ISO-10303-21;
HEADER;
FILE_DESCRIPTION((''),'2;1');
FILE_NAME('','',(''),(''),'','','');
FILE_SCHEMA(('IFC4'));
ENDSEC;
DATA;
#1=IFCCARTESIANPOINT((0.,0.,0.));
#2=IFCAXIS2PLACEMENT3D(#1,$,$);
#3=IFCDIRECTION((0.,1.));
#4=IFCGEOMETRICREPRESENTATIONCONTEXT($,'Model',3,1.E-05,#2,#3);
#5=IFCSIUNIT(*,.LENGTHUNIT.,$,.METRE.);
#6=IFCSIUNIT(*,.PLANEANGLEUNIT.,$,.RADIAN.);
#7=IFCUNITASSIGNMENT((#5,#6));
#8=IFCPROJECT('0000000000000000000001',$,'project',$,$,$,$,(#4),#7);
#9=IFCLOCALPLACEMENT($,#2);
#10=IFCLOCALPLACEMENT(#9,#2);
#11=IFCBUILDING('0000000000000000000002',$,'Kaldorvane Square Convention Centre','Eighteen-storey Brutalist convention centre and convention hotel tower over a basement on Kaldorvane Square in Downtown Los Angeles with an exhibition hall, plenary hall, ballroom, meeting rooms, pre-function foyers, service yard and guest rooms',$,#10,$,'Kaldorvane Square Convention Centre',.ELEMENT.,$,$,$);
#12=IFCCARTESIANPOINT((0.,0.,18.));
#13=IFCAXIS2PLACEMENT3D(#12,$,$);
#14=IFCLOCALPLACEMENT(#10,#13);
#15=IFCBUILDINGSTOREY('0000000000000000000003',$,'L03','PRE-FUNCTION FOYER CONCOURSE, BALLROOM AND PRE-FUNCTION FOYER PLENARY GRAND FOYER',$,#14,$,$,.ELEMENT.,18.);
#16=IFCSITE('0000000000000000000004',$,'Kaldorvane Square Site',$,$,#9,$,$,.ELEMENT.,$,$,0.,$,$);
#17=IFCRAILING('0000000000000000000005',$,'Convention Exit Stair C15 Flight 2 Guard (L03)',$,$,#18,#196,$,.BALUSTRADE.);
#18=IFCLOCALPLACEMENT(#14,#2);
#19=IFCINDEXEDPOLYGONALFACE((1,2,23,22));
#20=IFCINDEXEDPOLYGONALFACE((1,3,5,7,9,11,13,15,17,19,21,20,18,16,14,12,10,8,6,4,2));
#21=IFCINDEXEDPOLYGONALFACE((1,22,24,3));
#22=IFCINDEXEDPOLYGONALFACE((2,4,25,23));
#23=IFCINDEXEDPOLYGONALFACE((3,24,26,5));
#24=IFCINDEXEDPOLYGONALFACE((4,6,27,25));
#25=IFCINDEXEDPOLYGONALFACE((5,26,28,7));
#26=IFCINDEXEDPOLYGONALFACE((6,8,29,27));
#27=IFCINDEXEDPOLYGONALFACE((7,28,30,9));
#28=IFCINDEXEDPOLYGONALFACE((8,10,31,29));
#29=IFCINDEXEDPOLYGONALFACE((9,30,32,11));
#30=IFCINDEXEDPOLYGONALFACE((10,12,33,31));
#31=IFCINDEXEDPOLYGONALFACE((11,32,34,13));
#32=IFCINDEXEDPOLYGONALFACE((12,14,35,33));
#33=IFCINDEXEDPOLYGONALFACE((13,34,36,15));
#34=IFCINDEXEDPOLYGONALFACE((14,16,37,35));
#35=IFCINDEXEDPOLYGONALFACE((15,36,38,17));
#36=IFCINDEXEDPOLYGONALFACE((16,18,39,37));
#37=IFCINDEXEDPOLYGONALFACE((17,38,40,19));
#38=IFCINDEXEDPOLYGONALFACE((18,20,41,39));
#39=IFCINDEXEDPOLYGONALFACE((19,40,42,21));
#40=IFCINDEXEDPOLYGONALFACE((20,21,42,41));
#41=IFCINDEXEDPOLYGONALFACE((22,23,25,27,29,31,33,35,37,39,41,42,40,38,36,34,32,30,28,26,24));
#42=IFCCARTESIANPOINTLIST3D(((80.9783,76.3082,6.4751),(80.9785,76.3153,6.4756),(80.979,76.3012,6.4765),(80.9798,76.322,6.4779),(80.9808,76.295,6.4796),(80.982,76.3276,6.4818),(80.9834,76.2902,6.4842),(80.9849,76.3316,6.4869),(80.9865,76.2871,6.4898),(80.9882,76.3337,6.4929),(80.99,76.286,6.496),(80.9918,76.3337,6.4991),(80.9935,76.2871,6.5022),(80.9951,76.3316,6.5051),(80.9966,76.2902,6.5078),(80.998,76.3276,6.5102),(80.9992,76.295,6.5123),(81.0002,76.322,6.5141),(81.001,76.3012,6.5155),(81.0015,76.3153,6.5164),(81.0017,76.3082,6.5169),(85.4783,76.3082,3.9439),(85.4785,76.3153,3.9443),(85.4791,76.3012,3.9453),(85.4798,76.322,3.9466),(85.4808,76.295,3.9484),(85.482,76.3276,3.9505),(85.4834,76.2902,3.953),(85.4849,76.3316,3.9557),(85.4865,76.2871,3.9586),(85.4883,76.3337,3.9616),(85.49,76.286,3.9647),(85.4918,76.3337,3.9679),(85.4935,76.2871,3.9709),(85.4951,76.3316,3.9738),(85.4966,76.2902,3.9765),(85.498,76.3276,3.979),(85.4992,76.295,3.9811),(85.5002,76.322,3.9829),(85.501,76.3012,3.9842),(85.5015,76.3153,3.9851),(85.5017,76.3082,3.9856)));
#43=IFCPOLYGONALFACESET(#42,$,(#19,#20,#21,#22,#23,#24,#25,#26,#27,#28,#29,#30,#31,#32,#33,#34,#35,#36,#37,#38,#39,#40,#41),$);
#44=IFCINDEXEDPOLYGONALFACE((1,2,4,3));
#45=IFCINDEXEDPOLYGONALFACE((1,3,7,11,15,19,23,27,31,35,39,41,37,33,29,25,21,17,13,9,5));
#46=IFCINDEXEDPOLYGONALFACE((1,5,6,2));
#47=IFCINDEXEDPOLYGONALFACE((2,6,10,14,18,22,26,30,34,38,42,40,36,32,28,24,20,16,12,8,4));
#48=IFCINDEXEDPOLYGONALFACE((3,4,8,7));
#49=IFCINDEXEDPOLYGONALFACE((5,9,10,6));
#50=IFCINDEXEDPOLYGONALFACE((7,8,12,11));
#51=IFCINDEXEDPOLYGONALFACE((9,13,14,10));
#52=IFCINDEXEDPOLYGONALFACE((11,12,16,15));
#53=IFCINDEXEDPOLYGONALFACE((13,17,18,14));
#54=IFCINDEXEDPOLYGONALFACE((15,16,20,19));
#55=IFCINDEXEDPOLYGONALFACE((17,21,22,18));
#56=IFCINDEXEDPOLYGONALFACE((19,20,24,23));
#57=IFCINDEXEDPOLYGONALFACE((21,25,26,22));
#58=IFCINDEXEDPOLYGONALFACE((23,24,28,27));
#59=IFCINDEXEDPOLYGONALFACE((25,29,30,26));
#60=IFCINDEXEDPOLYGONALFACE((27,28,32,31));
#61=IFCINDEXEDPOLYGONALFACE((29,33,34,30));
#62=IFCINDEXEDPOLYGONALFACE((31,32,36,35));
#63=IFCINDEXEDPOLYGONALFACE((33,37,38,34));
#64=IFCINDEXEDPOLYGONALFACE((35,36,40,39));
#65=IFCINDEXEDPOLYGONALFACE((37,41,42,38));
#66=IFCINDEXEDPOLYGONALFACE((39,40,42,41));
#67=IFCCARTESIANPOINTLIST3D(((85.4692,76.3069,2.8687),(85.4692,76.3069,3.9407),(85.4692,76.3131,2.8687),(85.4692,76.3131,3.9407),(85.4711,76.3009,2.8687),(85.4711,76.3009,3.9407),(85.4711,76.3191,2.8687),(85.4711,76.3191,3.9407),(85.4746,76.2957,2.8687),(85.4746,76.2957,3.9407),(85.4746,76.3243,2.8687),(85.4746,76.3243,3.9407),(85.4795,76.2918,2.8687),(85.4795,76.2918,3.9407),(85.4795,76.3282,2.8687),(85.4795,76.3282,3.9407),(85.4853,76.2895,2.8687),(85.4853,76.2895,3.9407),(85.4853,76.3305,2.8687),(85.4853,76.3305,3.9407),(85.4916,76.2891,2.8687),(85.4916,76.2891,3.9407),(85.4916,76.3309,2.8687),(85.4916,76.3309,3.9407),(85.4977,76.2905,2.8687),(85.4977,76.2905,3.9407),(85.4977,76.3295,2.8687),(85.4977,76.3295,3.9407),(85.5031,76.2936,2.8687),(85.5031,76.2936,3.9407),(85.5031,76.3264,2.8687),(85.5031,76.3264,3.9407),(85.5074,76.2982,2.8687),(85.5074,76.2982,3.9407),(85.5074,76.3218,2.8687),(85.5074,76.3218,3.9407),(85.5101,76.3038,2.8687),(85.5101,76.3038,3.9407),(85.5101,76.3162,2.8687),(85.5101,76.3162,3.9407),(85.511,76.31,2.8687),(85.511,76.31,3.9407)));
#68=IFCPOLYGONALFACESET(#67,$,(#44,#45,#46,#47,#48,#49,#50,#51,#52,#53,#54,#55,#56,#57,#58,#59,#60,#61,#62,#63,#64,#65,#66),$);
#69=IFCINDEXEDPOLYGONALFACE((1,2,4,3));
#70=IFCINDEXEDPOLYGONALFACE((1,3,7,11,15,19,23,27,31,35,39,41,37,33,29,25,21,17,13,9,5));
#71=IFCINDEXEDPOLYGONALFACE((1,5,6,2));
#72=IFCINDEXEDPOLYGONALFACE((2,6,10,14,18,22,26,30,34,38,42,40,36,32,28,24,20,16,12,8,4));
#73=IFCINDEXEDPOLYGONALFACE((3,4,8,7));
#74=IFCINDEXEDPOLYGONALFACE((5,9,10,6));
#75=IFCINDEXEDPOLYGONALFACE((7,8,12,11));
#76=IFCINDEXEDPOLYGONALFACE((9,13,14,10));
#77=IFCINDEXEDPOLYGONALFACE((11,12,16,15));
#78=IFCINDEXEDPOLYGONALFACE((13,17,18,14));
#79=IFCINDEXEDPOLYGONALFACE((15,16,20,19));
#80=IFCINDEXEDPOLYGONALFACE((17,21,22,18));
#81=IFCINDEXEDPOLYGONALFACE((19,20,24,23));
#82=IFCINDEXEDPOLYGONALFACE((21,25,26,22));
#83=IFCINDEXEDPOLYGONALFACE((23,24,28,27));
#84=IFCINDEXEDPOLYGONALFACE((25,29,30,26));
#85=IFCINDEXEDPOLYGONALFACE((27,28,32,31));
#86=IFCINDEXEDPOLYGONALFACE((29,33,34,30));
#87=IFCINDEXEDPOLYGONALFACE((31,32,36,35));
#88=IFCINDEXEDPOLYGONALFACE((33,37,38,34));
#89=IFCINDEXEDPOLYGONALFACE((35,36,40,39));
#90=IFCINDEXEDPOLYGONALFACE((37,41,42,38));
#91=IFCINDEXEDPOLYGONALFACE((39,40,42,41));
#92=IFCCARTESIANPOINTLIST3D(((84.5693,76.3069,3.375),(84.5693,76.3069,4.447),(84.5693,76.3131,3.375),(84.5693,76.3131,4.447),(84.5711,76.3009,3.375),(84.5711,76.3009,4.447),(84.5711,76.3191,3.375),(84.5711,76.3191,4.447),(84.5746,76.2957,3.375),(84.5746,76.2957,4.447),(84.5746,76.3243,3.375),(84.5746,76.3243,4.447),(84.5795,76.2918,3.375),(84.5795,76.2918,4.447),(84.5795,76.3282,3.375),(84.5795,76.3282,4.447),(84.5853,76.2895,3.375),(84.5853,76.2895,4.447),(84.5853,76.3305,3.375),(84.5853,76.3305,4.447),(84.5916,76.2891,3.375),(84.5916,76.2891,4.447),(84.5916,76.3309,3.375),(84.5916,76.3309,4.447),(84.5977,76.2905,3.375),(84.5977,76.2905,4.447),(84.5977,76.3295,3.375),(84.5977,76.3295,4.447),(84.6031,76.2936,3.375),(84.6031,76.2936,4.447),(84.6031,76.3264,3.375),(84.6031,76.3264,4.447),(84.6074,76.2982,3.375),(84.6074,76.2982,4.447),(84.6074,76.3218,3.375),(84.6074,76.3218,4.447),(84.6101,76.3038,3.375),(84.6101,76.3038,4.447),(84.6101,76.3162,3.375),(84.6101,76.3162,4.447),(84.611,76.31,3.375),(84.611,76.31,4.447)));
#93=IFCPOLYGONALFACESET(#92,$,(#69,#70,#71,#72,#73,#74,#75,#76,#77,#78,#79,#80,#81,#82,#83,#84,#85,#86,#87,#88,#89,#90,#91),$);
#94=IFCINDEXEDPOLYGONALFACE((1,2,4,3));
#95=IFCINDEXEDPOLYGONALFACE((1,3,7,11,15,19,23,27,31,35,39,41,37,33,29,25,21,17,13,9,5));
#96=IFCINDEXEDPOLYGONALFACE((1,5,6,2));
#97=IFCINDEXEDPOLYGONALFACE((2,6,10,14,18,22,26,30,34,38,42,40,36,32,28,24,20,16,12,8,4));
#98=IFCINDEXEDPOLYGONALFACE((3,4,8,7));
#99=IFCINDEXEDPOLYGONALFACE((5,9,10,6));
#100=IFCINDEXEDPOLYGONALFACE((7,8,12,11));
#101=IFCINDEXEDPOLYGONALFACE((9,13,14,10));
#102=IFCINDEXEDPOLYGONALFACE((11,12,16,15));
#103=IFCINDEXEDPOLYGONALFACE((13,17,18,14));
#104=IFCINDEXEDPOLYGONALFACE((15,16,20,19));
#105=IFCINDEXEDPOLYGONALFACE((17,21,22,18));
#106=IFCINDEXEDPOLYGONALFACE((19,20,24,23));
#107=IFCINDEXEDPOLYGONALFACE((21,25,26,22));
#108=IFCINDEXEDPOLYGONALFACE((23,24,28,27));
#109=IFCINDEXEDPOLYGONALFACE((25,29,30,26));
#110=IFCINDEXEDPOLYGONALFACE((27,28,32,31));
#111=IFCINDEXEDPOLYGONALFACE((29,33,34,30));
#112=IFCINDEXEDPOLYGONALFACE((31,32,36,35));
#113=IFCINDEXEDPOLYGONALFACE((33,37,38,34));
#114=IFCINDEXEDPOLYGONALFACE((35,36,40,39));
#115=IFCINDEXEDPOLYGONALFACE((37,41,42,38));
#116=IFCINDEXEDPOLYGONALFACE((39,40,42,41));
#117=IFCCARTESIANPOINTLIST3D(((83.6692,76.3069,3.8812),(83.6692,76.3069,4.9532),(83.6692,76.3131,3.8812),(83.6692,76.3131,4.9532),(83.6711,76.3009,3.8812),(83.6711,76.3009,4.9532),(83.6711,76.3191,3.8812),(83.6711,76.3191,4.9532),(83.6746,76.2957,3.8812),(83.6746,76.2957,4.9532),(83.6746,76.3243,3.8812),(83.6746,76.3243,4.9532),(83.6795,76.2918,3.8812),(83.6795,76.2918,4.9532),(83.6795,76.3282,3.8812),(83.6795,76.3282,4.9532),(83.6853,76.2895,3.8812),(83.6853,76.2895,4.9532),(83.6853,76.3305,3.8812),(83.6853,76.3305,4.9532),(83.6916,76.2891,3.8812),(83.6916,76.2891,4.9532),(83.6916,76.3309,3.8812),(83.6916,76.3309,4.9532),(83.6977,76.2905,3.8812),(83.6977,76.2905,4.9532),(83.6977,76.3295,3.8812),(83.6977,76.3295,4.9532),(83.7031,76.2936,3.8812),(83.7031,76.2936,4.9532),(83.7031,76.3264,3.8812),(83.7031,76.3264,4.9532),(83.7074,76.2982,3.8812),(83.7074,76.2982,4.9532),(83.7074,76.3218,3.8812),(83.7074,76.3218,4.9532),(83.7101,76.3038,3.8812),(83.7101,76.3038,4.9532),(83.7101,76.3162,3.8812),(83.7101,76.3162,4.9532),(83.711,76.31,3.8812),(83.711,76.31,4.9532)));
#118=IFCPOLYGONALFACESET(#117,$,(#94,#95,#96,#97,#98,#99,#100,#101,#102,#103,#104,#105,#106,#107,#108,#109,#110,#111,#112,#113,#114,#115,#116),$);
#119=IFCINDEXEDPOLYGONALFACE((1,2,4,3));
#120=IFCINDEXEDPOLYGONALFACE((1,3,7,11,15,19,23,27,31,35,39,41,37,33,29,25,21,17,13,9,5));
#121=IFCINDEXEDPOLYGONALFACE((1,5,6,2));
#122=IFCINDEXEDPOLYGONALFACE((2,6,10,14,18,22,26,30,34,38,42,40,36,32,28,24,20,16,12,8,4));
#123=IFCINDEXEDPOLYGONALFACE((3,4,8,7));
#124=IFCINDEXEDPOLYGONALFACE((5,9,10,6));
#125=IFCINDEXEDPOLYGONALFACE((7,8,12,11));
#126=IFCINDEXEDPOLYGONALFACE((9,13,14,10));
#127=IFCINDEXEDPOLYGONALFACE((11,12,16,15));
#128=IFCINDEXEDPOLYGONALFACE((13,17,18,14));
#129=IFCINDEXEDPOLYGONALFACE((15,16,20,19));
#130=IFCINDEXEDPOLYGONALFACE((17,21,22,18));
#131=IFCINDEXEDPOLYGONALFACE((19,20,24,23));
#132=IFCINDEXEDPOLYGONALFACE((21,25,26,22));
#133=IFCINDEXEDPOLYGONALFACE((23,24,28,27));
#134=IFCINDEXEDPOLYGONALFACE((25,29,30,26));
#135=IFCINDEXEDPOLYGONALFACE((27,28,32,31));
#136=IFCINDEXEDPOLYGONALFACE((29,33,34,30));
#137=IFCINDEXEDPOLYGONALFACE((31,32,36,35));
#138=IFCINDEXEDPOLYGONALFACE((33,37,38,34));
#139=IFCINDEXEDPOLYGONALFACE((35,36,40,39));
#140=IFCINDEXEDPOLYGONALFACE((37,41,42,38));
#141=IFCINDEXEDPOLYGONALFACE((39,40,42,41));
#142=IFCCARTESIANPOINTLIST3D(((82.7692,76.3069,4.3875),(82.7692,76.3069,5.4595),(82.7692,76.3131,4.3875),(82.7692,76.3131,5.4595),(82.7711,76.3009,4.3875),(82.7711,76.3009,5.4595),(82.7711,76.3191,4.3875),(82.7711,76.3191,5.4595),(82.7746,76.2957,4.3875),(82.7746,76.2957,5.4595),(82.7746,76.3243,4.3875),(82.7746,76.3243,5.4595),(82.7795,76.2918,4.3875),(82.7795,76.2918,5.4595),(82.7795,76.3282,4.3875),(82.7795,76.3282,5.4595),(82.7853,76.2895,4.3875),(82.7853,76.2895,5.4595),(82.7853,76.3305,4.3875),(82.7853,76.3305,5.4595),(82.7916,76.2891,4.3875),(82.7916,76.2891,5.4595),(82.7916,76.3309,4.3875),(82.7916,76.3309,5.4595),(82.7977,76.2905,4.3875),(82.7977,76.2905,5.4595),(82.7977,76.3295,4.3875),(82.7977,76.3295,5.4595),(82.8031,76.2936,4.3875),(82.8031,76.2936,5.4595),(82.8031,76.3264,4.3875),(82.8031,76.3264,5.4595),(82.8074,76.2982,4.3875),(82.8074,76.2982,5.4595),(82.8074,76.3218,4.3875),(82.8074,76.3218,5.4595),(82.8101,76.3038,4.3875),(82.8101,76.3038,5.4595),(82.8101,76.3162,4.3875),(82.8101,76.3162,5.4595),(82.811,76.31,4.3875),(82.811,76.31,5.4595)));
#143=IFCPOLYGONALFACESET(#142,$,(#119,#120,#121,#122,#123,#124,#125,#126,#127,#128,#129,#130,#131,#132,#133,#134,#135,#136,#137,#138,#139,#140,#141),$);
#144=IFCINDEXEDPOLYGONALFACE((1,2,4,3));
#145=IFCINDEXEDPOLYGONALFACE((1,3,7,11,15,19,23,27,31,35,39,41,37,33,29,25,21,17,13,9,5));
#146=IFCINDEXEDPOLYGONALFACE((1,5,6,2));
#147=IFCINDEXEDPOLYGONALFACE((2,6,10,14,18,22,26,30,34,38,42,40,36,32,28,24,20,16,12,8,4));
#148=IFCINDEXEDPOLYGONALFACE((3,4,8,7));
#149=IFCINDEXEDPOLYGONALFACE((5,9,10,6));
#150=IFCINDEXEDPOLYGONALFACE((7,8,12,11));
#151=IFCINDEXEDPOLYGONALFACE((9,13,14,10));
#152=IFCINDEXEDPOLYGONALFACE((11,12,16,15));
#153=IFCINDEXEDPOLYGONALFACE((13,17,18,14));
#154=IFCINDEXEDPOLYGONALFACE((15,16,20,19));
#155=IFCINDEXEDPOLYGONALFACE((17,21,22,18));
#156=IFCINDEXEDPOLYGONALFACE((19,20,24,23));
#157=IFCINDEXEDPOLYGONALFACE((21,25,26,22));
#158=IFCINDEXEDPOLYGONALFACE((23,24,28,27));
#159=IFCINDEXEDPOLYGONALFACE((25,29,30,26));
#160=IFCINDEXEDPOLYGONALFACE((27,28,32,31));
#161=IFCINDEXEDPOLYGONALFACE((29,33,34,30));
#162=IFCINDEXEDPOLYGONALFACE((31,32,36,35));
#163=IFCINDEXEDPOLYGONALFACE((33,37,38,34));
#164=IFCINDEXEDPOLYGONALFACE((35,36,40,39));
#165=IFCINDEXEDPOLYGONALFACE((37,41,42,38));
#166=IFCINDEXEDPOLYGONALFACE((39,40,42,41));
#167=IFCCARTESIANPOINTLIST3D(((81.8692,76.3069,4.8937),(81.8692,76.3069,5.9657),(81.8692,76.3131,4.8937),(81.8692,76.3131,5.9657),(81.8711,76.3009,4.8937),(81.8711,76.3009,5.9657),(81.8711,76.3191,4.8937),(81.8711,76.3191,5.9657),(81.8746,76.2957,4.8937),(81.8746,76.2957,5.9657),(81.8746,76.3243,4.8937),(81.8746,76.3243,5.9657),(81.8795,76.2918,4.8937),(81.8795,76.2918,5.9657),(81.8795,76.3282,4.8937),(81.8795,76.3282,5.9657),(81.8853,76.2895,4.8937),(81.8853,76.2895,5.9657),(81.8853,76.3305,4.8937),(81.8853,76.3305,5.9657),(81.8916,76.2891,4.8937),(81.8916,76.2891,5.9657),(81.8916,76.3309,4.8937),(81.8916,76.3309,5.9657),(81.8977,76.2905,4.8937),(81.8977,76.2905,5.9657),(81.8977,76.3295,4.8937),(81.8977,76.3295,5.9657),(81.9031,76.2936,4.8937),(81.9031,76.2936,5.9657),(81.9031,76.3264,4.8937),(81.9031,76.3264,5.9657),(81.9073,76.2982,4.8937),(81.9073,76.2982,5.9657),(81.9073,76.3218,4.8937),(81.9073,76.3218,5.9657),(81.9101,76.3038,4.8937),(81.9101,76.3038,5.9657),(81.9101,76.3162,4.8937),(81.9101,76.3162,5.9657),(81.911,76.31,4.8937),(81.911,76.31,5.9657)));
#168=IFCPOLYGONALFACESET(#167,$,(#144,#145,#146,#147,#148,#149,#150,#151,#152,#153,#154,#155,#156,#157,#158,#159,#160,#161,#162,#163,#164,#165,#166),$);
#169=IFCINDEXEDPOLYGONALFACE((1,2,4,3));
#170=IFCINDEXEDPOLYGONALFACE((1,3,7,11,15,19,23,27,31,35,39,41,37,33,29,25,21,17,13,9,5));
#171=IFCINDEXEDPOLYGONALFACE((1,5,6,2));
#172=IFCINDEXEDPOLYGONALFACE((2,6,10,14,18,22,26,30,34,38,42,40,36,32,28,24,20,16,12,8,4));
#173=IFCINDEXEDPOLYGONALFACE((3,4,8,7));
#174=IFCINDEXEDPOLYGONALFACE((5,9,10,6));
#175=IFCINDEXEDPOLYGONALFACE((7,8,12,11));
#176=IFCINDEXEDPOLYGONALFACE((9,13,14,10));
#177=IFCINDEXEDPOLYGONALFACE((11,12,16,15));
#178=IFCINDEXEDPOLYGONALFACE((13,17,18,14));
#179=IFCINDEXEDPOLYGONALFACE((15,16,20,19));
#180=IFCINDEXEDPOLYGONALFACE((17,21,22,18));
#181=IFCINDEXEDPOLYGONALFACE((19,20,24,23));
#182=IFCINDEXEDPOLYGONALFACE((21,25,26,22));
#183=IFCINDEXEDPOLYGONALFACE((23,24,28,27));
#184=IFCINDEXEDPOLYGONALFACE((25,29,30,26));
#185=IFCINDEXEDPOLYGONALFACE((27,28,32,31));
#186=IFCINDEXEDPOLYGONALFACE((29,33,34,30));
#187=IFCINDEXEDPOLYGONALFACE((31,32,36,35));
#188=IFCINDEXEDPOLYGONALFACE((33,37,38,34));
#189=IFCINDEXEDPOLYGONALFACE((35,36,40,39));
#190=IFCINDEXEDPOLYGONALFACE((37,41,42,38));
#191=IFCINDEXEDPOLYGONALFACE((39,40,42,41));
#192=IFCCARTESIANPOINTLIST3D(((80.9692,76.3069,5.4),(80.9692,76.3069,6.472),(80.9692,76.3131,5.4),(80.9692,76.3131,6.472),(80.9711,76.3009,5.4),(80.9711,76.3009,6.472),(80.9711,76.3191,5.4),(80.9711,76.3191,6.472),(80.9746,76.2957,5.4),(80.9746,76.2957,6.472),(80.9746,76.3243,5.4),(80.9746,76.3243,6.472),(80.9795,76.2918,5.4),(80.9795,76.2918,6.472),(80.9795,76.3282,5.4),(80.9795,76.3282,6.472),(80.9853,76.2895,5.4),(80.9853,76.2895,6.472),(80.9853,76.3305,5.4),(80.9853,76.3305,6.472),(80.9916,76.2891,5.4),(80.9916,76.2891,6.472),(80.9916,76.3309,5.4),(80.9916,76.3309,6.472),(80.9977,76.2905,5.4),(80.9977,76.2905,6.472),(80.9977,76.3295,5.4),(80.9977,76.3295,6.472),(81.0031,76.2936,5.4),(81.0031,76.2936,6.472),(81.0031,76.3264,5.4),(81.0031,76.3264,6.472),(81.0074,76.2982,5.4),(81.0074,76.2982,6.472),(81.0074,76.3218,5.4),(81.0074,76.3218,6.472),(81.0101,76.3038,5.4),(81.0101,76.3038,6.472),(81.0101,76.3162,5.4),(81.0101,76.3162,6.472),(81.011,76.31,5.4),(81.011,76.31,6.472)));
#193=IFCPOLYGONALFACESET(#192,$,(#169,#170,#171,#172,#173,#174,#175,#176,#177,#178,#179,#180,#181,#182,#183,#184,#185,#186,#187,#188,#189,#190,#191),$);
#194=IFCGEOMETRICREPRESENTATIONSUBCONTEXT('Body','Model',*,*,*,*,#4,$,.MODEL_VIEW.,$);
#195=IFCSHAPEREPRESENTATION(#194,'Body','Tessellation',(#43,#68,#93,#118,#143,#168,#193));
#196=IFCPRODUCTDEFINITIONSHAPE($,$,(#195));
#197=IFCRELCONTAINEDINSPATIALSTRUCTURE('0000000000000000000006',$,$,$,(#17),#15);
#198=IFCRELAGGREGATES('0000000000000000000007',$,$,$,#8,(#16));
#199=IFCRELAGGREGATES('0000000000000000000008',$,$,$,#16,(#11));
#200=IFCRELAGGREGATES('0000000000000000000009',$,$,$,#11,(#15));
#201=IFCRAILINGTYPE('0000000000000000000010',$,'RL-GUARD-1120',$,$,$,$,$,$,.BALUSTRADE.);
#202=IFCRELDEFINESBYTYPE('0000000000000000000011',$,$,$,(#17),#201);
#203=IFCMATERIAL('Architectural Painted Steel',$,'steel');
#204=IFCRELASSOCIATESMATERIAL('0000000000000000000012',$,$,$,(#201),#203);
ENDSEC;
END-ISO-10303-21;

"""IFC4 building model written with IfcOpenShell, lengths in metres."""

from ifc_helpers import new_model, si_unit, direction, frame, origin, origin_2d, place, context, subcontext, project, spatial, circle, extrude, material, type_object, element, save


model = new_model("IFC4")

# Units and contexts
model_context = context("Model", 3, precision=1e-05, world=origin(), true_north=direction((0.0, 1.0)))
body_context = subcontext(model_context, "Body", "Model", "MODEL_VIEW")
ifc_project = project(units=[si_unit("LENGTHUNIT", "METRE"), si_unit("PLANEANGLEUNIT", "RADIAN")], contexts=[model_context])

# Site, building, storey
site_placement = place(None, origin())
site = spatial("IfcSite", under=ifc_project, at=site_placement, Name="Kaldorvane Square Site", CompositionType="ELEMENT", RefElevation=0.0)
building_placement = place(site_placement, origin())
building = spatial("IfcBuilding", under=site, at=building_placement, Name="Kaldorvane Square Convention Centre", Description="Eighteen-storey Brutalist convention centre and convention hotel tower over a basement on Kaldorvane Square in Downtown Los Angeles with an exhibition hall, plenary hall, ballroom, meeting rooms, pre-function foyers, service yard and guest rooms", LongName="Kaldorvane Square Convention Centre", CompositionType="ELEMENT")
storey_placement = place(building_placement, frame((0.0, 0.0, 18.0)))
storey = spatial("IfcBuildingStorey", under=building, at=storey_placement, Name="L03", Description="PRE-FUNCTION FOYER CONCOURSE, BALLROOM AND PRE-FUNCTION FOYER PLENARY GRAND FOYER", CompositionType="ELEMENT", Elevation=18.0)

# Railing
ifc_material_1 = material(Name="Architectural Painted Steel", Category="steel")
railing_type_1 = type_object("IfcRailingType", Name="RL-GUARD-1120", PredefinedType="BALUSTRADE", material=ifc_material_1)
railing_1_placement = place(storey_placement, frame((85.49, 76.31, 2.8687)))
element("IfcRailing", 1, at=railing_1_placement, inside=storey, type_object=railing_type_1, Name="Convention Exit Stair C15 Flight 2 Guard (L03)", PredefinedType="BALUSTRADE", context=body_context, shape_type="SweptSolid", body=[
    extrude(circle(Radius=0.024, at=origin_2d()), frame((0.0, 0.0, 1.096), z_axis=(-0.871576, 0.0, 0.490261), x_axis=(0.0, -1.0, 0.0)), (0.0, 0.0, 1.0), 5.1631),
    extrude(circle(Radius=0.021, at=origin_2d()), origin(), (0.0, 0.0, 1.0), 1.072),
    extrude(circle(Radius=0.021, at=origin_2d()), frame((-0.9, 0.0, 0.5063)), (0.0, 0.0, 1.0), 1.072),
    extrude(circle(Radius=0.021, at=origin_2d()), frame((-1.8, 0.0, 1.0125)), (0.0, 0.0, 1.0), 1.072),
    extrude(circle(Radius=0.021, at=origin_2d()), frame((-2.7, 0.0, 1.5188)), (0.0, 0.0, 1.0), 1.072),
    extrude(circle(Radius=0.021, at=origin_2d()), frame((-3.6, 0.0, 2.025)), (0.0, 0.0, 1.0), 1.072),
    extrude(circle(Radius=0.021, at=origin_2d()), frame((-4.5, 0.0, 2.5312)), (0.0, 0.0, 1.0), 1.072),
])

save(model, "model.ifc")
